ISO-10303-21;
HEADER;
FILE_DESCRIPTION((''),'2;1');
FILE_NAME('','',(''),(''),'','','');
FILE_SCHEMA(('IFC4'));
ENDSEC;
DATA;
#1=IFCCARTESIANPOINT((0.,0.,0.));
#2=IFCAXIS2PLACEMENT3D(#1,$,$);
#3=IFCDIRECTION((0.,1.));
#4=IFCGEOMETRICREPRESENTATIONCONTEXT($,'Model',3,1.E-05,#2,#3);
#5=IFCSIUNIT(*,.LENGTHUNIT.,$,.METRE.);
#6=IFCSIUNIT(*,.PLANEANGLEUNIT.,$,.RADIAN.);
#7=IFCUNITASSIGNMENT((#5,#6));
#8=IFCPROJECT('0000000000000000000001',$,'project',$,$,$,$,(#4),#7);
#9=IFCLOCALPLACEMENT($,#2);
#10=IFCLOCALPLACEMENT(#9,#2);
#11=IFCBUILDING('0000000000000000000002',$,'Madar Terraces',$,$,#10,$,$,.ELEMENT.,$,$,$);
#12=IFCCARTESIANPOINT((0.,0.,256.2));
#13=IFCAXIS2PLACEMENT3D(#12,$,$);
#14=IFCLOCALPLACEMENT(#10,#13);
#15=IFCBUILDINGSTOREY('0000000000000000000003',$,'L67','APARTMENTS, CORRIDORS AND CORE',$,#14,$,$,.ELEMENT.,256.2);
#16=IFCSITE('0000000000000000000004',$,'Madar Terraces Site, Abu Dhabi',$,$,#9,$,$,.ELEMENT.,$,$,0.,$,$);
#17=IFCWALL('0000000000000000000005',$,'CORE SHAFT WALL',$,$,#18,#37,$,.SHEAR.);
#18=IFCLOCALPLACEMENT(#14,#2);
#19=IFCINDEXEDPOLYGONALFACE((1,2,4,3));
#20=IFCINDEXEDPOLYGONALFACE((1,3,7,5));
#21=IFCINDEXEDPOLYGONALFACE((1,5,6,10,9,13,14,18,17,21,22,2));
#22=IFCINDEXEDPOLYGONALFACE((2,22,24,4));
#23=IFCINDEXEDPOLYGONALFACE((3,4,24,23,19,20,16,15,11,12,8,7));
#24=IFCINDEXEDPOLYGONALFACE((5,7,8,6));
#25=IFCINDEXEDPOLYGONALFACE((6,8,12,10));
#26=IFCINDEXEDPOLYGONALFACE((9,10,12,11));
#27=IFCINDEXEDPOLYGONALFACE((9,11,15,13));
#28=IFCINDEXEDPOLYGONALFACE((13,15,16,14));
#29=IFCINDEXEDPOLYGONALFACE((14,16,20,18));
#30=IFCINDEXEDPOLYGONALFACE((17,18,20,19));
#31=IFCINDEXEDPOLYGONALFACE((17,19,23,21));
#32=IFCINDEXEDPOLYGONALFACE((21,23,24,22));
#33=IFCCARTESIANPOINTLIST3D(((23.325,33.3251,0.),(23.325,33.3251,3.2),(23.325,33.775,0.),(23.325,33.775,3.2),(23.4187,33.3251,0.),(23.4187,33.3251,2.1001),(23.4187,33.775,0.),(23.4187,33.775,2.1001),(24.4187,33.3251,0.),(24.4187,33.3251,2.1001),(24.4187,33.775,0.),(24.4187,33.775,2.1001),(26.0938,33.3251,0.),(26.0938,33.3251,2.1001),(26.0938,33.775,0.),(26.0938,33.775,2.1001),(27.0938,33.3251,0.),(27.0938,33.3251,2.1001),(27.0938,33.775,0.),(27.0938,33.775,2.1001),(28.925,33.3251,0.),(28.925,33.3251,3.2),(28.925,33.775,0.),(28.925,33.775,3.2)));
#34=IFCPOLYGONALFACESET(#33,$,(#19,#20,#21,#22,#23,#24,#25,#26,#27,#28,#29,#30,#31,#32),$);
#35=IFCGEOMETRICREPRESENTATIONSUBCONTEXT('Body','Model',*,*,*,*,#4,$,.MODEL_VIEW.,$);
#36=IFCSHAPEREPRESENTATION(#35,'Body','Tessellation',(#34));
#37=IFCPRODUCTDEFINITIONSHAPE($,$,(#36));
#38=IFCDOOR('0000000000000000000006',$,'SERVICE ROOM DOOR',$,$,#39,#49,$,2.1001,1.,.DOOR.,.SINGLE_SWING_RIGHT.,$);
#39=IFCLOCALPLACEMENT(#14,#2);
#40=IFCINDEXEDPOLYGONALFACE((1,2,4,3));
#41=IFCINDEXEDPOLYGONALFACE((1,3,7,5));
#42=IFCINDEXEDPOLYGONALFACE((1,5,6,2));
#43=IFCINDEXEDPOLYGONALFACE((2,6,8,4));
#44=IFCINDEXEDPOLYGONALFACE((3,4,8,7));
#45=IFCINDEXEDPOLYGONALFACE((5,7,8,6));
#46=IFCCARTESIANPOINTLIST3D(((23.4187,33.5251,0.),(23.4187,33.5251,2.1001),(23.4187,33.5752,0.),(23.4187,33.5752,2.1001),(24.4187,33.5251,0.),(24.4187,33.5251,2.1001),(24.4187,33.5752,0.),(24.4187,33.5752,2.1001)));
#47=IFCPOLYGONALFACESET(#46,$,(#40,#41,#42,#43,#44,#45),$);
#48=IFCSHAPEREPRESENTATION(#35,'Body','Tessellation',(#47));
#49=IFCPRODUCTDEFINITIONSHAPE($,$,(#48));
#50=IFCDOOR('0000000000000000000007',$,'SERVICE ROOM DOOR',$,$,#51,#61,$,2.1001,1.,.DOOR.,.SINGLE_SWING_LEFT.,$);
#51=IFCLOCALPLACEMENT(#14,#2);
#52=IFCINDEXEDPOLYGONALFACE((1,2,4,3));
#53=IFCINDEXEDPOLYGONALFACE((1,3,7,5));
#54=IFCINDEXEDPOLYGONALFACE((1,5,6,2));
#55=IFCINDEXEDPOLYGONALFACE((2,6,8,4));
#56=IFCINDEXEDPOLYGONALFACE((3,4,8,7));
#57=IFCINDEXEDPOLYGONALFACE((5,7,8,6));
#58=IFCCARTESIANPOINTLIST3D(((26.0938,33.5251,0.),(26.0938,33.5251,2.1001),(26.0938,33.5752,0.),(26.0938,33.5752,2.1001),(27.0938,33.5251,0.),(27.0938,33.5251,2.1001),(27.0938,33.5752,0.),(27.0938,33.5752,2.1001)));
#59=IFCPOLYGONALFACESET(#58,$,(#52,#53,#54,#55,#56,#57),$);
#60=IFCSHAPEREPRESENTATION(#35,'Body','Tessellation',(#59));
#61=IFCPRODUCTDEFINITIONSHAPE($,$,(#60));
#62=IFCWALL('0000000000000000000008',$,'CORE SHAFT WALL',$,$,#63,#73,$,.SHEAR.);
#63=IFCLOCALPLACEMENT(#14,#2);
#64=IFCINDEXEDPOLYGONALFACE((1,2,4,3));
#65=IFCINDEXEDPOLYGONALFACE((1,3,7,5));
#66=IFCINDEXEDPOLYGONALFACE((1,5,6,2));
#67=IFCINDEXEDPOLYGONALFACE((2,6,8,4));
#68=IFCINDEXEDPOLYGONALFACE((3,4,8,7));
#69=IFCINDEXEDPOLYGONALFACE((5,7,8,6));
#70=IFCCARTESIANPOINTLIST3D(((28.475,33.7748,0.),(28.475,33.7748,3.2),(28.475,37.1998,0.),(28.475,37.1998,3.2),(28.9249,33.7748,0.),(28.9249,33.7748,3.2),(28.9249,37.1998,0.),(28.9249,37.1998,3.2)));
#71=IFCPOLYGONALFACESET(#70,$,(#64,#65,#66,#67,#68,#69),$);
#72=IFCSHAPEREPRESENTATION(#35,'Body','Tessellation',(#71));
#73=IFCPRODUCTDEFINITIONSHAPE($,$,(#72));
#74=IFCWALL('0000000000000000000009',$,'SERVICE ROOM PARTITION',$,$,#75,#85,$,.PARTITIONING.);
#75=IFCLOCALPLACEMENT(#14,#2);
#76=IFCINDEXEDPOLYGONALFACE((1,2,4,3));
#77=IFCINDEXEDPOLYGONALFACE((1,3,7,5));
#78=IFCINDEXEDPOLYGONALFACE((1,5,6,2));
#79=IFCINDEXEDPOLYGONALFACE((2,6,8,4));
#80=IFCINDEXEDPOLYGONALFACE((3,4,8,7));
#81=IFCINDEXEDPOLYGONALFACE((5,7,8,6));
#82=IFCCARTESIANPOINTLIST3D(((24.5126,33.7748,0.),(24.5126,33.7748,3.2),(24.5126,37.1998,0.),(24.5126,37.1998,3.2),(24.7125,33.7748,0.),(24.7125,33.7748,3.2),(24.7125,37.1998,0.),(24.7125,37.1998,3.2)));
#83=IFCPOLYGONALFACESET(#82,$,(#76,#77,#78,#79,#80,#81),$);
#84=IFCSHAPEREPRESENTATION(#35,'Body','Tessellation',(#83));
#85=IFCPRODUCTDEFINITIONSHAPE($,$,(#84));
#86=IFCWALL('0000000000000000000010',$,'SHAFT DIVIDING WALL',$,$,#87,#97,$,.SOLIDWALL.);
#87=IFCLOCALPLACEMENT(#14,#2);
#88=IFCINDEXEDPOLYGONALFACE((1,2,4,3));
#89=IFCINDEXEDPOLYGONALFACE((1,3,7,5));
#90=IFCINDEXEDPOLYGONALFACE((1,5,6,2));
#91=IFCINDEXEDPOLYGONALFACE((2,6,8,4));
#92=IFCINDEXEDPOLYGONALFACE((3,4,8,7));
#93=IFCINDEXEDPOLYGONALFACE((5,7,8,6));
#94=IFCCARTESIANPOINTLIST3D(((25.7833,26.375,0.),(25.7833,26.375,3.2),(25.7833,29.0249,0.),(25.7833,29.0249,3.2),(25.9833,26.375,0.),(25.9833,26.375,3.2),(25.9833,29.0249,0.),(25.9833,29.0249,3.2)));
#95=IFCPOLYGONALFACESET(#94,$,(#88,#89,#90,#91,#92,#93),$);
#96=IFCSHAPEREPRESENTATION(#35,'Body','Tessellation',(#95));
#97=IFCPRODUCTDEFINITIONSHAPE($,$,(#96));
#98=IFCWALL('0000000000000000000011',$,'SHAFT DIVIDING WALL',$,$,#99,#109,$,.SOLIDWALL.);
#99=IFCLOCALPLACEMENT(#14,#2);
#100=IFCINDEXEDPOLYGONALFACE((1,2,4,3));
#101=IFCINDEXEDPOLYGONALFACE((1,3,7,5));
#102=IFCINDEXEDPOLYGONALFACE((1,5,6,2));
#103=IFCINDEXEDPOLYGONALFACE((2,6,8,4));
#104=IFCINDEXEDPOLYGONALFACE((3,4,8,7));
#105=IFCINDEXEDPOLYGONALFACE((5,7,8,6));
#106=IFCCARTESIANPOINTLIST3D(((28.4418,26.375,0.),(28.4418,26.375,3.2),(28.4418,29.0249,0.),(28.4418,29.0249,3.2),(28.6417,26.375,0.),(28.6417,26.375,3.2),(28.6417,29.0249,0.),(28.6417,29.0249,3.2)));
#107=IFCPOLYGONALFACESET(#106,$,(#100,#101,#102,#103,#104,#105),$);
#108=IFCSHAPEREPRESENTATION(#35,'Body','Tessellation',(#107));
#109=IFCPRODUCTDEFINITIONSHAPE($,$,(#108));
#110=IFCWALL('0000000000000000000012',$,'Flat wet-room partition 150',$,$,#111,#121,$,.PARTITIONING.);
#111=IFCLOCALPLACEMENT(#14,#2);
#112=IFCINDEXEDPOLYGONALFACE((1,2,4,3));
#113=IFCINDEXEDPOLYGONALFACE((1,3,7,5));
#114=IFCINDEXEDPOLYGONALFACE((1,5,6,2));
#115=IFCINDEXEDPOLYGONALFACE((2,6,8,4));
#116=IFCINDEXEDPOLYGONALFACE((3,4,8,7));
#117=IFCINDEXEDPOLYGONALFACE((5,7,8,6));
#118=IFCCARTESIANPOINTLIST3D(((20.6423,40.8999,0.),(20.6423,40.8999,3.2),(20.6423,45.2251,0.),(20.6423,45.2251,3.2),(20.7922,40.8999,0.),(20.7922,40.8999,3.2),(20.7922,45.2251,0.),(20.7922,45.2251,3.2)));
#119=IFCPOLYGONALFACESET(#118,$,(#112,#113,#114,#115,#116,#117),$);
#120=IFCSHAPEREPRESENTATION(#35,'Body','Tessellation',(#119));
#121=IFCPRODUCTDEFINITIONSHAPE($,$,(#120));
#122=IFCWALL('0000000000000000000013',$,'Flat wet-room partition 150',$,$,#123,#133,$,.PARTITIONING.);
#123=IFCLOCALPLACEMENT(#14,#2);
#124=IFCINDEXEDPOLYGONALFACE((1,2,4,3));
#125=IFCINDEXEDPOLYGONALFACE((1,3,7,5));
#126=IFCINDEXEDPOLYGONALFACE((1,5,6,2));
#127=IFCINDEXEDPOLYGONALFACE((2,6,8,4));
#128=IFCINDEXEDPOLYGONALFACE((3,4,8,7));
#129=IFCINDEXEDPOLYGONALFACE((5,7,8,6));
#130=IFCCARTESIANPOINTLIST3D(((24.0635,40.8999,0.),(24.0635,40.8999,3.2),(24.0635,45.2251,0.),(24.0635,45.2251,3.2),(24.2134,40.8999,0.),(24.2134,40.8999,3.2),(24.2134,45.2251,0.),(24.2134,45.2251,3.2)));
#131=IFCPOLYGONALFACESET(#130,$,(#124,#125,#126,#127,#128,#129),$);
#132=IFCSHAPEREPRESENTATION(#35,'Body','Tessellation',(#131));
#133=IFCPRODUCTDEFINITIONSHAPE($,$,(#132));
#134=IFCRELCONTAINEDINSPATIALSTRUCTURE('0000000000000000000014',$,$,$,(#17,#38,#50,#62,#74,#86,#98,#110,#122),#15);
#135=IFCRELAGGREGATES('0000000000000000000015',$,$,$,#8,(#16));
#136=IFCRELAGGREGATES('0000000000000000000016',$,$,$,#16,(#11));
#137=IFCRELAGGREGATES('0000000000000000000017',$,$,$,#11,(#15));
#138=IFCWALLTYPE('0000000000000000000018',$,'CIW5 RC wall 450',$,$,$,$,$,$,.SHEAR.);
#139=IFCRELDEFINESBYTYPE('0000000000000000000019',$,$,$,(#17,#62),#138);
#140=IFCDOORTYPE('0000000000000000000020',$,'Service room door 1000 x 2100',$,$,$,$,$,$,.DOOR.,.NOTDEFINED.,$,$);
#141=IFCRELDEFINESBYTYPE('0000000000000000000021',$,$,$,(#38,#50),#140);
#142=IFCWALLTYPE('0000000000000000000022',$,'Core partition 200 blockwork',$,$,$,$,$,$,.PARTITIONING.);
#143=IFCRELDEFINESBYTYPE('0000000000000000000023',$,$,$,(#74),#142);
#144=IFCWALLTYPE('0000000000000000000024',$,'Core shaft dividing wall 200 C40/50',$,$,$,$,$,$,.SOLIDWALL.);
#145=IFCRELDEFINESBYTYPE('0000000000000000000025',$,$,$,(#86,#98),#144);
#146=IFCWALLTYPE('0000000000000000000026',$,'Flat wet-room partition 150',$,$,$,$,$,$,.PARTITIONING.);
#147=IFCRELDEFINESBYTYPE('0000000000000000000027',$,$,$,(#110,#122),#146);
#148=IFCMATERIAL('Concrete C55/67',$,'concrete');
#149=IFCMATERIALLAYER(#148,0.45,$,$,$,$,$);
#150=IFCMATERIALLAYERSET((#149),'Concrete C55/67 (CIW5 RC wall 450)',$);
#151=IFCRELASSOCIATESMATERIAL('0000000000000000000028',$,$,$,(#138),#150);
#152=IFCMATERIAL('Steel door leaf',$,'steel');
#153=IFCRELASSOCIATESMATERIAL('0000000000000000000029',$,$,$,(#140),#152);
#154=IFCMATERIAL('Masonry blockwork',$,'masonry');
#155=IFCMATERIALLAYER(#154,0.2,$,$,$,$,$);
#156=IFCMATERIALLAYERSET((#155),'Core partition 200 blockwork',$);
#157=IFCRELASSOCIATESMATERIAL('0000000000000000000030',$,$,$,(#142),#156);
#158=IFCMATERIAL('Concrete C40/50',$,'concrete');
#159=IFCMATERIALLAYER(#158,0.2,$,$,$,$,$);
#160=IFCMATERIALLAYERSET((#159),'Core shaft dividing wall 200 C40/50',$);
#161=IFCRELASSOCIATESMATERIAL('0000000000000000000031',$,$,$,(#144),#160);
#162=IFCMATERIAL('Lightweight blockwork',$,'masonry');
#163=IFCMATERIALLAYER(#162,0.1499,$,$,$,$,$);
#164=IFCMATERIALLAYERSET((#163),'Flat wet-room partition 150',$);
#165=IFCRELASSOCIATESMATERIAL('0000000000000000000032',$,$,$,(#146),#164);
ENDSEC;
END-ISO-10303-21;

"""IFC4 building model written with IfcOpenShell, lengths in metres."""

from ifc_helpers import new_model, si_unit, direction, frame, frame_2d, origin, place, context, subcontext, project, spatial, rectangle, extrude, material, layer, layer_set, type_object, element, fill, save


model = new_model("IFC4")

# Units and contexts
model_context = context("Model", 3, precision=1e-05, world=origin(), true_north=direction((0.0, 1.0)))
body_context = subcontext(model_context, "Body", "Model", "MODEL_VIEW")
ifc_project = project(units=[si_unit("LENGTHUNIT", "METRE"), si_unit("PLANEANGLEUNIT", "RADIAN")], contexts=[model_context])

# Site, building, storey
site_placement = place(None, origin())
site = spatial("IfcSite", under=ifc_project, at=site_placement, Name="Madar Terraces Site, Abu Dhabi", CompositionType="ELEMENT", RefElevation=0.0)
building_placement = place(site_placement, origin())
building = spatial("IfcBuilding", under=site, at=building_placement, Name="Madar Terraces", CompositionType="ELEMENT")
storey_placement = place(building_placement, frame((0.0, 0.0, 256.2)))
storey = spatial("IfcBuildingStorey", under=building, at=storey_placement, Name="L67", Description="APARTMENTS, CORRIDORS AND CORE", CompositionType="ELEMENT", Elevation=256.2)

# Shared definitions
ifc_material_1 = material(Name="Concrete C55/67", Category="concrete")
ifc_layer_1 = layer(ifc_material_1, 0.45)
ifc_layer_set_1 = layer_set([ifc_layer_1], Name="Concrete C55/67 (CIW5 RC wall 450)")
wall_type_1 = type_object("IfcWallType", Name="CIW5 RC wall 450", PredefinedType="SHEAR", material=ifc_layer_set_1)

# Wall, openings, doors
wall_1_placement = place(storey_placement, frame((23.325, 33.55, 0.0), z_axis=(0.0, 0.0, 1.0), x_axis=(1.0, 0.0, 0.0)))
wall_1 = element("IfcWall", 1, at=wall_1_placement, inside=storey, type_object=wall_type_1, Name="CORE SHAFT WALL", PredefinedType="SHEAR", context=body_context, shape_type="SweptSolid", body=[
    extrude(rectangle(XDim=5.6001, YDim=0.45, at=frame_2d((2.8, 0.0))), origin(), (0.0, 0.0, 1.0), 3.2),
])
opening_1_placement = place(wall_1_placement, frame((0.0938, 0.0, 0.0)))
opening_1 = element("IfcOpeningElement", 2, at=opening_1_placement, cuts=wall_1, PredefinedType="OPENING", context=body_context, shape_type="SweptSolid", body=[
    extrude(rectangle(XDim=1.0, YDim=2.1001, at=frame_2d((0.5, 1.05))), frame((0.0, 0.2349, 0.0), z_axis=(0.0, -1.0, 0.0), x_axis=(1.0, 0.0, 0.0)), (0.0, 0.0, 1.0), 0.47),
])
opening_2_placement = place(wall_1_placement, frame((2.7688, 0.0, 0.0)))
opening_2 = element("IfcOpeningElement", 3, at=opening_2_placement, cuts=wall_1, PredefinedType="OPENING", context=body_context, shape_type="SweptSolid", body=[
    extrude(rectangle(XDim=1.0, YDim=2.1001, at=frame_2d((0.5, 1.05))), frame((0.0, 0.2349, 0.0), z_axis=(0.0, -1.0, 0.0), x_axis=(1.0, 0.0, 0.0)), (0.0, 0.0, 1.0), 0.47),
])
ifc_material_2 = material(Name="Steel door leaf", Category="steel")
door_type_1 = type_object("IfcDoorType", Name="Service room door 1000 x 2100", OperationType="NOTDEFINED", PredefinedType="DOOR", material=ifc_material_2)
door_1_placement = place(opening_1_placement, frame((1.0, 0.0, 0.0), z_axis=(0.0, 0.0, 1.0), x_axis=(-1.0, 0.0, 0.0)))
door_1 = element("IfcDoor", 4, at=door_1_placement, inside=storey, type_object=door_type_1, Name="SERVICE ROOM DOOR", OperationType="SINGLE_SWING_RIGHT", OverallHeight=2.1001, OverallWidth=1.0, PredefinedType="DOOR", context=body_context, shape_type="SweptSolid", body=[
    extrude(rectangle(XDim=1.0, YDim=2.1001, at=frame_2d((0.5, 1.05))), frame((0.0, 0.0249, 0.0), z_axis=(0.0, -1.0, 0.0), x_axis=(1.0, 0.0, 0.0)), (0.0, 0.0, 1.0), 0.05),
])
fill(opening_1, door_1)
door_2_placement = place(opening_2_placement, frame((1.0, 0.0, 0.0), z_axis=(0.0, 0.0, 1.0), x_axis=(-1.0, 0.0, 0.0)))
door_2 = element("IfcDoor", 5, at=door_2_placement, inside=storey, type_object=door_type_1, Name="SERVICE ROOM DOOR", OperationType="SINGLE_SWING_LEFT", OverallHeight=2.1001, OverallWidth=1.0, PredefinedType="DOOR", context=body_context, shape_type="SweptSolid", body=[
    extrude(rectangle(XDim=1.0, YDim=2.1001, at=frame_2d((0.5, 1.05))), frame((0.0, 0.0249, 0.0), z_axis=(0.0, -1.0, 0.0), x_axis=(1.0, 0.0, 0.0)), (0.0, 0.0, 1.0), 0.05),
])
fill(opening_2, door_2)

# Walls
wall_2_placement = place(storey_placement, frame((28.7, 33.7749, 0.0), z_axis=(0.0, 0.0, 1.0), x_axis=(0.0, 1.0, 0.0)))
element("IfcWall", 6, at=wall_2_placement, inside=storey, type_object=wall_type_1, Name="CORE SHAFT WALL", PredefinedType="SHEAR", context=body_context, shape_type="SweptSolid", body=[
    extrude(rectangle(XDim=3.425, YDim=0.45, at=frame_2d((1.7124, 0.0))), origin(), (0.0, 0.0, 1.0), 3.2),
])
ifc_material_3 = material(Name="Masonry blockwork", Category="masonry")
ifc_layer_2 = layer(ifc_material_3, 0.2)
ifc_layer_set_2 = layer_set([ifc_layer_2], Name="Core partition 200 blockwork")
wall_type_2 = type_object("IfcWallType", Name="Core partition 200 blockwork", PredefinedType="PARTITIONING", material=ifc_layer_set_2)
wall_3_placement = place(storey_placement, frame((24.6125, 33.7749, 0.0), z_axis=(0.0, 0.0, 1.0), x_axis=(0.0, 1.0, 0.0)))
element("IfcWall", 7, at=wall_3_placement, inside=storey, type_object=wall_type_2, Name="SERVICE ROOM PARTITION", PredefinedType="PARTITIONING", context=body_context, shape_type="SweptSolid", body=[
    extrude(rectangle(XDim=3.425, YDim=0.2, at=frame_2d((1.7124, 0.0))), origin(), (0.0, 0.0, 1.0), 3.2),
])
ifc_material_4 = material(Name="Concrete C40/50", Category="concrete")
ifc_layer_3 = layer(ifc_material_4, 0.2)
ifc_layer_set_3 = layer_set([ifc_layer_3], Name="Core shaft dividing wall 200 C40/50")
wall_type_3 = type_object("IfcWallType", Name="Core shaft dividing wall 200 C40/50", PredefinedType="SOLIDWALL", material=ifc_layer_set_3)
for number, where, z_axis, x_axis, name in (
    (8, (25.8833, 26.375, 0.0), (0.0, 0.0, 1.0), (0.0, 1.0, 0.0), "SHAFT DIVIDING WALL"),
    (9, (28.5417, 26.375, 0.0), (0.0, 0.0, 1.0), (0.0, 1.0, 0.0), "SHAFT DIVIDING WALL"),
):
    element("IfcWall", number, at=place(storey_placement, frame(where, z_axis=z_axis, x_axis=x_axis)), inside=storey, type_object=wall_type_3, Name=name, PredefinedType="SOLIDWALL", context=body_context, shape_type="SweptSolid", body=[
        extrude(rectangle(XDim=2.6499, YDim=0.2, at=frame_2d((1.325, 0.0))), origin(), (0.0, 0.0, 1.0), 3.2),
    ])
ifc_material_5 = material(Name="Lightweight blockwork", Category="masonry")
ifc_layer_4 = layer(ifc_material_5, 0.1499)
ifc_layer_set_4 = layer_set([ifc_layer_4], Name="Flat wet-room partition 150")
wall_type_4 = type_object("IfcWallType", Name="Flat wet-room partition 150", PredefinedType="PARTITIONING", material=ifc_layer_set_4)
for number, where, z_axis, x_axis, name in (
    (10, (20.7173, 40.8999, 0.0), (0.0, 0.0, 1.0), (0.0, 1.0, 0.0), "Flat wet-room partition 150"),
    (11, (24.1384, 40.8999, 0.0), (0.0, 0.0, 1.0), (0.0, 1.0, 0.0), "Flat wet-room partition 150"),
):
    element("IfcWall", number, at=place(storey_placement, frame(where, z_axis=z_axis, x_axis=x_axis)), inside=storey, type_object=wall_type_4, Name=name, PredefinedType="PARTITIONING", context=body_context, shape_type="SweptSolid", body=[
        extrude(rectangle(XDim=4.3252, YDim=0.1499, at=frame_2d((2.1626, 0.0))), origin(), (0.0, 0.0, 1.0), 3.2),
    ])

save(model, "model.ifc")
